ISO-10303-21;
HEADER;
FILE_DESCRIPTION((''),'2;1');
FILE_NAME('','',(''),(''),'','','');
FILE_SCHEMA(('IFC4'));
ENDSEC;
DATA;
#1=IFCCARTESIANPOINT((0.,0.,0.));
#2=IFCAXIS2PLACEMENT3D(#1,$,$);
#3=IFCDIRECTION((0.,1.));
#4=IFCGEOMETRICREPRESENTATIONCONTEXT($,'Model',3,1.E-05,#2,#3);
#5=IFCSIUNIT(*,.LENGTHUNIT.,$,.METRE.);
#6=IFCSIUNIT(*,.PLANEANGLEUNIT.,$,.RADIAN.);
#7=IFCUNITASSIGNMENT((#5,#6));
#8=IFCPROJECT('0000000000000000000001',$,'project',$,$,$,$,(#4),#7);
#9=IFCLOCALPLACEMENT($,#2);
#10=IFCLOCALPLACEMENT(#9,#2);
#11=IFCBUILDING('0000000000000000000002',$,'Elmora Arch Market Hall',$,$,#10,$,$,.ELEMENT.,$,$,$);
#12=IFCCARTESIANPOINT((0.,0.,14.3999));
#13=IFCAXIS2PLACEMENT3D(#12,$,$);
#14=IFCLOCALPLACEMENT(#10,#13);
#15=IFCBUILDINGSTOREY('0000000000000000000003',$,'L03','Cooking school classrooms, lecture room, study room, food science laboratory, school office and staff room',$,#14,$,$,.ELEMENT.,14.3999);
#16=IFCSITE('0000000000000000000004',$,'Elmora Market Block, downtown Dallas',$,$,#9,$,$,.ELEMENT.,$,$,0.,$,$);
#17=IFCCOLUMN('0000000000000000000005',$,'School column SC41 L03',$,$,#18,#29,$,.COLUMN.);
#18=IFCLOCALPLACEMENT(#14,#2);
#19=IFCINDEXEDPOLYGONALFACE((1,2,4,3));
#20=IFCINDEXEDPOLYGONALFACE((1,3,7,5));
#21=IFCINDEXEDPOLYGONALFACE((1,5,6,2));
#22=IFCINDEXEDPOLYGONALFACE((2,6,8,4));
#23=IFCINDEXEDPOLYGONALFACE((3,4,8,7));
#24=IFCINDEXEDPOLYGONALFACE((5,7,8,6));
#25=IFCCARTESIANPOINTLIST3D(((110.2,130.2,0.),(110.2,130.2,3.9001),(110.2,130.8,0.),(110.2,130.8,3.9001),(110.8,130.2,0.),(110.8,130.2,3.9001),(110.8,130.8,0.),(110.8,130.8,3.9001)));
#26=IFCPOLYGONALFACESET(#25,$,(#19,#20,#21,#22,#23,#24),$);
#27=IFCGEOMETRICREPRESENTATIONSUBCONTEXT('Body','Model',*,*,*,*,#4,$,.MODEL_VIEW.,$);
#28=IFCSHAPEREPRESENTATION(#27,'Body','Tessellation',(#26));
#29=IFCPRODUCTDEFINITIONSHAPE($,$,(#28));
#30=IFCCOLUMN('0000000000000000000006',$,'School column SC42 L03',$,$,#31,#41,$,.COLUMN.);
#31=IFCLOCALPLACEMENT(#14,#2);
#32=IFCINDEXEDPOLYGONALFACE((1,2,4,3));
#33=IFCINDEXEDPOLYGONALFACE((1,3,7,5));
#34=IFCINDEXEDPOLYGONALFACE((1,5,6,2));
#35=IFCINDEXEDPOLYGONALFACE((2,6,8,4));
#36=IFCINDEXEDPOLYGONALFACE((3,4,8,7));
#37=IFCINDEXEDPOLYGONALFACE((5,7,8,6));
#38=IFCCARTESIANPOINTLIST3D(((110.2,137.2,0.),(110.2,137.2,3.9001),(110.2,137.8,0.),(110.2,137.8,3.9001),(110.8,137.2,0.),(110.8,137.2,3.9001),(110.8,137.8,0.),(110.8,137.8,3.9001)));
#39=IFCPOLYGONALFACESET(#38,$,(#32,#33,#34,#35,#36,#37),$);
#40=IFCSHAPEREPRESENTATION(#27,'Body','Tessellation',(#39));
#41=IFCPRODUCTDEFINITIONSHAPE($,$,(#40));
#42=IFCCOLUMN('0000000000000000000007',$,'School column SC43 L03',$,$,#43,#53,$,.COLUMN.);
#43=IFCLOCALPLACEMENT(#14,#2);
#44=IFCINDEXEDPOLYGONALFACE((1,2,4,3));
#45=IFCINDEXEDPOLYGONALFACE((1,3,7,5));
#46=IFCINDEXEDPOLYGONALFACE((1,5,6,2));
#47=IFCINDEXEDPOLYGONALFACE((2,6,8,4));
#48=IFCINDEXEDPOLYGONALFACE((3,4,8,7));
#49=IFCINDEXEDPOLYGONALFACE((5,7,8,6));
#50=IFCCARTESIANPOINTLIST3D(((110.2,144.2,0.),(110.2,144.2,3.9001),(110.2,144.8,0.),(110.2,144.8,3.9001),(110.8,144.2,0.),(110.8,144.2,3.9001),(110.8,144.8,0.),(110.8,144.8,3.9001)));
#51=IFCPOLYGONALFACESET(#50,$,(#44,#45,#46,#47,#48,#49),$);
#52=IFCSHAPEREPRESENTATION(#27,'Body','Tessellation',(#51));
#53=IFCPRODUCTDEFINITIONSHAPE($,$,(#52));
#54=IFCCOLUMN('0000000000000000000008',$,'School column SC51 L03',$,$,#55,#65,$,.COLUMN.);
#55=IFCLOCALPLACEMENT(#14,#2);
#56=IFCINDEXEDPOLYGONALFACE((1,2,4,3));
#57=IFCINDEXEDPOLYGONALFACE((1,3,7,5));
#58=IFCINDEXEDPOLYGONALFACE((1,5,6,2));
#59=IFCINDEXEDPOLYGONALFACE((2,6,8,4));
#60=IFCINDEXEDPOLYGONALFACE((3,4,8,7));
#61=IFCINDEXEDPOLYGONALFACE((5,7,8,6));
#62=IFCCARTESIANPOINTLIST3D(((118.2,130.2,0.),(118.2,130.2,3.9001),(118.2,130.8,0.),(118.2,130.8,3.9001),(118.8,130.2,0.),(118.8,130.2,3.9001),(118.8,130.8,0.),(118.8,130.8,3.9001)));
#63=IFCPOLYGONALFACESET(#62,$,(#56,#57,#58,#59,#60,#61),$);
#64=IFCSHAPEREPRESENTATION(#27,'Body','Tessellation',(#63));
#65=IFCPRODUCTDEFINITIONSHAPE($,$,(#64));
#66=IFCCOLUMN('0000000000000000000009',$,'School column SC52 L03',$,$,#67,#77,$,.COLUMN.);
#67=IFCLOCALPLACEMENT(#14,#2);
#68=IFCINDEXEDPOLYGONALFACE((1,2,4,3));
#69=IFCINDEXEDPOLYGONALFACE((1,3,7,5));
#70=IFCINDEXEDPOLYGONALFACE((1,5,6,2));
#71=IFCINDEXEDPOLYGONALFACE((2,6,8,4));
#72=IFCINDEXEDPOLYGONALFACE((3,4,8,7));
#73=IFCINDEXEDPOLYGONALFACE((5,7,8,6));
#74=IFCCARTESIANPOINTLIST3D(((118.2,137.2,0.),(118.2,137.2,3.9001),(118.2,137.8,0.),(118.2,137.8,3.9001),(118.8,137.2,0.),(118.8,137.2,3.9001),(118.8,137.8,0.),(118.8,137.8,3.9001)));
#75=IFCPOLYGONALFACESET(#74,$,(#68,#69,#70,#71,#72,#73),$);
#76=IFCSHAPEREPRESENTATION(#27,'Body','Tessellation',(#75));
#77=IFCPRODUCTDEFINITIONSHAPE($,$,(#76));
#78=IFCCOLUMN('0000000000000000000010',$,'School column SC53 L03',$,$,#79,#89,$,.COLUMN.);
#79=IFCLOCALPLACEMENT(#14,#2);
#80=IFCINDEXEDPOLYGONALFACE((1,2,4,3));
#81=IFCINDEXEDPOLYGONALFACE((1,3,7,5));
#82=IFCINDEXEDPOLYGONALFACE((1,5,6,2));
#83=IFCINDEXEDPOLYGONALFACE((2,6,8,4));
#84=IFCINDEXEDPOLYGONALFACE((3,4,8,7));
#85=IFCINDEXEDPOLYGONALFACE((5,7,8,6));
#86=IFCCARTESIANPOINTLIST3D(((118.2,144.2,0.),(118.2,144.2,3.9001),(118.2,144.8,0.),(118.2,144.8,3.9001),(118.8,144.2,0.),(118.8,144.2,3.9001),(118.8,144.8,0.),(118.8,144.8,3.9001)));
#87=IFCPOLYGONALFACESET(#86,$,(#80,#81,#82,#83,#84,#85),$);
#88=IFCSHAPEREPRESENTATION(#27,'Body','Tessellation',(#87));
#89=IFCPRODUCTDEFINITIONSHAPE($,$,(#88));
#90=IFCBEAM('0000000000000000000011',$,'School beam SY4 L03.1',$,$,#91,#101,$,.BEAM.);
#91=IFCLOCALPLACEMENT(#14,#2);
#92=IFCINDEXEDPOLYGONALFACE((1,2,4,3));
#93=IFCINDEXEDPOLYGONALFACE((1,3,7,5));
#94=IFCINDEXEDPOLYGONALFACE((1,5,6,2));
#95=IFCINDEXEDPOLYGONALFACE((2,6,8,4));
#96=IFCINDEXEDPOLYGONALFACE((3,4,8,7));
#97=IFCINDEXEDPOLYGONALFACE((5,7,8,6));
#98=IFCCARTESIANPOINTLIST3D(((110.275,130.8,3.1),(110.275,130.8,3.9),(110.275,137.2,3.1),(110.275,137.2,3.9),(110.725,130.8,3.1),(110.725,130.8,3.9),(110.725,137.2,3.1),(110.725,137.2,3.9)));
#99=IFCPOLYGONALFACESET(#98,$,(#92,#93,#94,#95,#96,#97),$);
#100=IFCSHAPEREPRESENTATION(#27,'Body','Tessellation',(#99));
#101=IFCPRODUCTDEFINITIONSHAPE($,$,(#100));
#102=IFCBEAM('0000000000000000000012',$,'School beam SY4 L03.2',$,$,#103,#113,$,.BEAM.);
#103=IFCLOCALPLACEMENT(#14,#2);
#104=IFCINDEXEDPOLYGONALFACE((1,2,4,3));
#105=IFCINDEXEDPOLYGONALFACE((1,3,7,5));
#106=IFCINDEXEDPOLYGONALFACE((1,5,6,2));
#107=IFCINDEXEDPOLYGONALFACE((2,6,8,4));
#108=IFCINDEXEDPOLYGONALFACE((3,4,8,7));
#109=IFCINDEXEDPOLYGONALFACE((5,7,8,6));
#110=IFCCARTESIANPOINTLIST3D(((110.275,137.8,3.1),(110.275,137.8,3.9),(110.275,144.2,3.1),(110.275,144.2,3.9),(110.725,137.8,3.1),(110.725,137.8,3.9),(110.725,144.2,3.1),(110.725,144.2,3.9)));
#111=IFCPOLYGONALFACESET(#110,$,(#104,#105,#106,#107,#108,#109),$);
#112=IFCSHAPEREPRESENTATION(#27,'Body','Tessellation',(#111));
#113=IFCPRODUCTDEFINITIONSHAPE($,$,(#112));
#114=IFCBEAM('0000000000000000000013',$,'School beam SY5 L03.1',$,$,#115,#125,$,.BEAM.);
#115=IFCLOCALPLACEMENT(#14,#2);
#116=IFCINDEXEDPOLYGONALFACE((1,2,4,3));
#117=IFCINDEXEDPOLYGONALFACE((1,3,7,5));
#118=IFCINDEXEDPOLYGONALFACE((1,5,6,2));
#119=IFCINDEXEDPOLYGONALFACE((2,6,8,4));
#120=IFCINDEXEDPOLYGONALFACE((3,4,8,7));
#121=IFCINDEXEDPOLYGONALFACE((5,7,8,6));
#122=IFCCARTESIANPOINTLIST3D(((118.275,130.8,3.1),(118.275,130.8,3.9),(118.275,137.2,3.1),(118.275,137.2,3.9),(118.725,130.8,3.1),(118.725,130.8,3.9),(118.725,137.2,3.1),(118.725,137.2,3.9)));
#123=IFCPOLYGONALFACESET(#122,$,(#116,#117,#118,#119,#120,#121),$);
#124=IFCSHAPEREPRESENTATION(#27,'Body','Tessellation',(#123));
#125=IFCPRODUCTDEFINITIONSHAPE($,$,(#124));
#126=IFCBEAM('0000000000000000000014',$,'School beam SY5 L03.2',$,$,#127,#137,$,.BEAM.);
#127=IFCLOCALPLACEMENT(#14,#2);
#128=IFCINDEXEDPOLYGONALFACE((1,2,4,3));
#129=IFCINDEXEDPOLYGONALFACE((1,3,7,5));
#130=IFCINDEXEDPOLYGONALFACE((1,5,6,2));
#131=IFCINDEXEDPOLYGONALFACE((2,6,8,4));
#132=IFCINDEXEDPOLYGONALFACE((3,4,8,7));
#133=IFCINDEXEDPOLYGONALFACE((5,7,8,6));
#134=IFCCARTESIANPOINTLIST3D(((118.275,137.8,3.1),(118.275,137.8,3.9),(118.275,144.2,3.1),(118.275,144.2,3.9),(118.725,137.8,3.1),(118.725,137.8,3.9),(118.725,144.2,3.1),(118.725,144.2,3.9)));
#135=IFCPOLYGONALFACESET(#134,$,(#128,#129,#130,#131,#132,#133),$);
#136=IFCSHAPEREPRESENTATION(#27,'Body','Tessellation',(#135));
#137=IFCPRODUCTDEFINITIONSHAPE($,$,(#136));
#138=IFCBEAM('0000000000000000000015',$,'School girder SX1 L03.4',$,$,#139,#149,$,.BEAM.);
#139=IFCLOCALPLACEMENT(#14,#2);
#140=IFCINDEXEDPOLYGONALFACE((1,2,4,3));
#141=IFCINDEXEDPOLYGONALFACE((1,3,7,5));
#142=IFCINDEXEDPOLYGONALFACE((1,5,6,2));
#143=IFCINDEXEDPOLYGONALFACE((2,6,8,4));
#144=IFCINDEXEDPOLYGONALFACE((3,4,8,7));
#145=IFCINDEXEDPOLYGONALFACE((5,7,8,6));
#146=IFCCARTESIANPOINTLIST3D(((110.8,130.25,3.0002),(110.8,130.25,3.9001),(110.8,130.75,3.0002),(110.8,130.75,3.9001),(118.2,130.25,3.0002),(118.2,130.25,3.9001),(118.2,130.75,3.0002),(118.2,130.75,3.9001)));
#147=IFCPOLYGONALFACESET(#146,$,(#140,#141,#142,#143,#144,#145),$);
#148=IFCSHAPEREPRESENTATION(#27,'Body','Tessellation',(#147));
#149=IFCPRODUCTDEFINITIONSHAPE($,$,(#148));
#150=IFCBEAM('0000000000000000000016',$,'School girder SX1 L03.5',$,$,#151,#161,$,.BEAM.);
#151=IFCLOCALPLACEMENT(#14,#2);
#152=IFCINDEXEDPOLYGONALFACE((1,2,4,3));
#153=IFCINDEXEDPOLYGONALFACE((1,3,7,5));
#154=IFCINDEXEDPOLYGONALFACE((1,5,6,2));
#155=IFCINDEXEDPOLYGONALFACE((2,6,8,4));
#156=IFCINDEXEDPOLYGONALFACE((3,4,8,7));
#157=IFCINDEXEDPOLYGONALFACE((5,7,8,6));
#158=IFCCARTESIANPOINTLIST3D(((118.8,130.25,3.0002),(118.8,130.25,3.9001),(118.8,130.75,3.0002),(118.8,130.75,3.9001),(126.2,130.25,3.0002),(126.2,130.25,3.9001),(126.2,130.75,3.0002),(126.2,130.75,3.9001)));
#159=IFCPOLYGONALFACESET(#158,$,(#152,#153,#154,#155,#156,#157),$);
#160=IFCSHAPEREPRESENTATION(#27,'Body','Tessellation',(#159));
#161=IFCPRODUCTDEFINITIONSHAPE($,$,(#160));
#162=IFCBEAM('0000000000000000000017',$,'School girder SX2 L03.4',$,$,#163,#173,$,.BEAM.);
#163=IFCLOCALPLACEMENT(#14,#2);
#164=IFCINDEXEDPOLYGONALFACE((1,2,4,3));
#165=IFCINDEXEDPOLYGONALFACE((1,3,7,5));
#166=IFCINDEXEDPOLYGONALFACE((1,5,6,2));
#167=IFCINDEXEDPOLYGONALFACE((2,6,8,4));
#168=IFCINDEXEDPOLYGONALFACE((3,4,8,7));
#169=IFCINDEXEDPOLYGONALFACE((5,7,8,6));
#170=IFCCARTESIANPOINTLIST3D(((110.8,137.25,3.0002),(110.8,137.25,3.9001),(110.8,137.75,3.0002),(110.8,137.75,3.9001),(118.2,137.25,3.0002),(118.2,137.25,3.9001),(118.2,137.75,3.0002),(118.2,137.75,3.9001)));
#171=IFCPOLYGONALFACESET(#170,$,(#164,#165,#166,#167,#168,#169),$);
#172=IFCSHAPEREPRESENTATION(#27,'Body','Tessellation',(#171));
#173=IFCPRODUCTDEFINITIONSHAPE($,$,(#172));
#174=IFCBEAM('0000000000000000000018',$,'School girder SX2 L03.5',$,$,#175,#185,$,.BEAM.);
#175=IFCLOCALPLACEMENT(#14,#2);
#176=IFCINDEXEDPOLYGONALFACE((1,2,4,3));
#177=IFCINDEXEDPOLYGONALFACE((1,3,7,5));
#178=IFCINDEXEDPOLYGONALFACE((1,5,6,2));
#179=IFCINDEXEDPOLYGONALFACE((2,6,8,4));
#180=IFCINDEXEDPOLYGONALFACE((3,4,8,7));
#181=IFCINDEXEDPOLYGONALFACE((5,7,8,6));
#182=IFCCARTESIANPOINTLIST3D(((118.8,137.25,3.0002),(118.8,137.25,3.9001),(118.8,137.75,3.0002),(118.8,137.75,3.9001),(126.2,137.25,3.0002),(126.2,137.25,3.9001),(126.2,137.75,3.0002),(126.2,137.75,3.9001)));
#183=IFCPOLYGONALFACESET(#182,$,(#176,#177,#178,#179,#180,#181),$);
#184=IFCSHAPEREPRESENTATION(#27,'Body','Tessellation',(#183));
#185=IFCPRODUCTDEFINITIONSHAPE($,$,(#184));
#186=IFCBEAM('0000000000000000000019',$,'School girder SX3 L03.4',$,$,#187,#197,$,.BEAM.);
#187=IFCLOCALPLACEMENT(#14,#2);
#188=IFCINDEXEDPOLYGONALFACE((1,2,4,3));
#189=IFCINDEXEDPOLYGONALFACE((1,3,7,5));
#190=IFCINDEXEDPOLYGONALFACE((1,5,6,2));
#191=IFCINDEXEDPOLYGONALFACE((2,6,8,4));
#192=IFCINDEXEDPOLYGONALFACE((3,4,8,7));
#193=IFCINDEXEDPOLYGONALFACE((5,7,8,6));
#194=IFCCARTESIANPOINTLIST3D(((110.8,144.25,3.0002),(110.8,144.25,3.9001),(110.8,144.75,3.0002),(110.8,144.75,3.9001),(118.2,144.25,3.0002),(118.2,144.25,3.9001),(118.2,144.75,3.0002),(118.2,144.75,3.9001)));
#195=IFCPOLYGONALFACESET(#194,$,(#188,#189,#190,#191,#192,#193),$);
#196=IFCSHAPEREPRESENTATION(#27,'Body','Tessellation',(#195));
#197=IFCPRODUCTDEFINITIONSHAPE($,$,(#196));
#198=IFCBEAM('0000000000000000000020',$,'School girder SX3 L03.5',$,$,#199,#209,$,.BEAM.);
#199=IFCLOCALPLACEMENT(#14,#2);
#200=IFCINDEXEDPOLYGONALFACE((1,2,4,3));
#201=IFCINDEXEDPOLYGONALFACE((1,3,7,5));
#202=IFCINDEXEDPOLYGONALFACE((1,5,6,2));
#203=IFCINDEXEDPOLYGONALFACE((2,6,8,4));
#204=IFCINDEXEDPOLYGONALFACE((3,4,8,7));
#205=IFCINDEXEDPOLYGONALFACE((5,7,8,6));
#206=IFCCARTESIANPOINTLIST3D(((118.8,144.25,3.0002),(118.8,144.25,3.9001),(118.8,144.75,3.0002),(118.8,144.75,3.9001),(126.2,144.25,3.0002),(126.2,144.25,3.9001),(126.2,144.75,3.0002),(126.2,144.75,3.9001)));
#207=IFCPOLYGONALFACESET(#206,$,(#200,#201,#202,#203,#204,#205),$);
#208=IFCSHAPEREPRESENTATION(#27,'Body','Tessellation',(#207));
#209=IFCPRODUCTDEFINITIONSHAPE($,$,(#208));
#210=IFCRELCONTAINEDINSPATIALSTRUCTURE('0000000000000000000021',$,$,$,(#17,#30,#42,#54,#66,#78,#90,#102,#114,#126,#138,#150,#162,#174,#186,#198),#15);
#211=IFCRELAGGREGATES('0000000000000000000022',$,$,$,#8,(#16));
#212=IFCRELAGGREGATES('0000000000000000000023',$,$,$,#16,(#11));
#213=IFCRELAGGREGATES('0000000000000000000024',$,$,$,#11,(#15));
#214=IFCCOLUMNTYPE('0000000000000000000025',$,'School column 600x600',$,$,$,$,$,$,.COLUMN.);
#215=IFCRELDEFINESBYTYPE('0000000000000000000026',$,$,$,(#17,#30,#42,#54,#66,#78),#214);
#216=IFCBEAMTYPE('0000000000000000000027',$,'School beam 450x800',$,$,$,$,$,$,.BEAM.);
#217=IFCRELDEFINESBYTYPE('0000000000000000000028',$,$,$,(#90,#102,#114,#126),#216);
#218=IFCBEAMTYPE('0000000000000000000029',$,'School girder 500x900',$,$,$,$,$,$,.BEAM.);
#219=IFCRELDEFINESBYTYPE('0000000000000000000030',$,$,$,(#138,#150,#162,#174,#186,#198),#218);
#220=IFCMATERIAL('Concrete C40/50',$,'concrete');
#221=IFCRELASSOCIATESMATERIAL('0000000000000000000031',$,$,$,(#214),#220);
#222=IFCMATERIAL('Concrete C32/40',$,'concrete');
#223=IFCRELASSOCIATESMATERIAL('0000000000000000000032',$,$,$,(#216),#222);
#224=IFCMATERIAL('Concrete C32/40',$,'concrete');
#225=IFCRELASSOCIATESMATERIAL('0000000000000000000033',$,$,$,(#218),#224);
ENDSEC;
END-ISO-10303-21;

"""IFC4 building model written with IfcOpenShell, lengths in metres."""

from ifc_helpers import new_model, si_unit, direction, frame, origin, origin_2d, place, context, subcontext, project, spatial, rectangle, extrude, material, material_profile, profile_set, type_object, element, save


model = new_model("IFC4")

# Units and contexts
model_context = context("Model", 3, precision=1e-05, world=origin(), true_north=direction((0.0, 1.0)))
body_context = subcontext(model_context, "Body", "Model", "MODEL_VIEW")
ifc_project = project(units=[si_unit("LENGTHUNIT", "METRE"), si_unit("PLANEANGLEUNIT", "RADIAN")], contexts=[model_context])

# Site, building, storey
site_placement = place(None, origin())
site = spatial("IfcSite", under=ifc_project, at=site_placement, Name="Elmora Market Block, downtown Dallas", CompositionType="ELEMENT", RefElevation=0.0)
building_placement = place(site_placement, origin())
building = spatial("IfcBuilding", under=site, at=building_placement, Name="Elmora Arch Market Hall", CompositionType="ELEMENT")
storey_placement = place(building_placement, frame((0.0, 0.0, 14.3999)))
storey = spatial("IfcBuildingStorey", under=building, at=storey_placement, Name="L03", Description="Cooking school classrooms, lecture room, study room, food science laboratory, school office and staff room", CompositionType="ELEMENT", Elevation=14.3999)

# Columns
ifc_material_1 = material(Name="Concrete C40/50", Category="concrete")
ifc_material_profile_1 = material_profile(ifc_material_1, rectangle(XDim=0.6001, YDim=0.6001, at=origin_2d()), Name="School column 600x600")
ifc_profile_set_1 = profile_set([ifc_material_profile_1], Name="Concrete C40/50")
column_type = type_object("IfcColumnType", Name="School column 600x600", PredefinedType="COLUMN", material=ifc_profile_set_1)
for number, where, z_axis, x_axis, name in (
    (1, (110.5, 130.5, 0.0), (0.0, 0.0, 1.0), (1.0, 0.0, 0.0), "School column SC41 L03"),
    (2, (110.5, 137.5, 0.0), (0.0, 0.0, 1.0), (1.0, 0.0, 0.0), "School column SC42 L03"),
    (3, (110.5, 144.5, 0.0), (0.0, 0.0, 1.0), (1.0, 0.0, 0.0), "School column SC43 L03"),
    (4, (118.5, 130.5, 0.0), (0.0, 0.0, 1.0), (1.0, 0.0, 0.0), "School column SC51 L03"),
    (5, (118.5, 137.5, 0.0), (0.0, 0.0, 1.0), (1.0, 0.0, 0.0), "School column SC52 L03"),
    (6, (118.5, 144.5, 0.0), (0.0, 0.0, 1.0), (1.0, 0.0, 0.0), "School column SC53 L03"),
):
    element("IfcColumn", number, at=place(storey_placement, frame(where, z_axis=z_axis, x_axis=x_axis)), inside=storey, type_object=column_type, Name=name, PredefinedType="COLUMN", context=body_context, shape_type="SweptSolid", body=[
        extrude(rectangle(XDim=0.6001, YDim=0.6001, at=origin_2d()), origin(), (0.0, 0.0, 1.0), 3.9001),
    ])

# Beams
ifc_material_2 = material(Name="Concrete C32/40", Category="concrete")
ifc_material_profile_2 = material_profile(ifc_material_2, rectangle(XDim=0.45, YDim=0.8, at=origin_2d()), Name="School beam 450x800")
ifc_profile_set_2 = profile_set([ifc_material_profile_2], Name="Concrete C32/40")
beam_type_1 = type_object("IfcBeamType", Name="School beam 450x800", PredefinedType="BEAM", material=ifc_profile_set_2)
for number, where, z_axis, x_axis, name in (
    (7, (110.5, 130.8, 3.5), (0.0, 1.0, 0.0), (-1.0, 0.0, 0.0), "School beam SY4 L03.1"),
    (8, (110.5, 137.8, 3.5), (0.0, 1.0, 0.0), (-1.0, 0.0, 0.0), "School beam SY4 L03.2"),
    (9, (118.5, 130.8, 3.5), (0.0, 1.0, 0.0), (-1.0, 0.0, 0.0), "School beam SY5 L03.1"),
    (10, (118.5, 137.8, 3.5), (0.0, 1.0, 0.0), (-1.0, 0.0, 0.0), "School beam SY5 L03.2"),
):
    element("IfcBeam", number, at=place(storey_placement, frame(where, z_axis=z_axis, x_axis=x_axis)), inside=storey, type_object=beam_type_1, Name=name, PredefinedType="BEAM", context=body_context, shape_type="SweptSolid", body=[
        extrude(rectangle(XDim=0.45, YDim=0.8, at=origin_2d()), origin(), (0.0, 0.0, 1.0), 6.3999),
    ])
ifc_material_3 = material(Name="Concrete C32/40", Category="concrete")
ifc_material_profile_3 = material_profile(ifc_material_3, rectangle(XDim=0.5, YDim=0.8999, at=origin_2d()), Name="School girder 500x900")
ifc_profile_set_3 = profile_set([ifc_material_profile_3], Name="Concrete C32/40")
beam_type_2 = type_object("IfcBeamType", Name="School girder 500x900", PredefinedType="BEAM", material=ifc_profile_set_3)
for number, where, z_axis, x_axis, name in (
    (11, (110.8, 130.5, 3.4502), (1.0, 0.0, 0.0), (0.0, 1.0, 0.0), "School girder SX1 L03.4"),
    (12, (118.8, 130.5, 3.4502), (1.0, 0.0, 0.0), (0.0, 1.0, 0.0), "School girder SX1 L03.5"),
    (13, (110.8, 137.5, 3.4502), (1.0, 0.0, 0.0), (0.0, 1.0, 0.0), "School girder SX2 L03.4"),
    (14, (118.8, 137.5, 3.4502), (1.0, 0.0, 0.0), (0.0, 1.0, 0.0), "School girder SX2 L03.5"),
    (15, (110.8, 144.5, 3.4502), (1.0, 0.0, 0.0), (0.0, 1.0, 0.0), "School girder SX3 L03.4"),
    (16, (118.8, 144.5, 3.4502), (1.0, 0.0, 0.0), (0.0, 1.0, 0.0), "School girder SX3 L03.5"),
):
    element("IfcBeam", number, at=place(storey_placement, frame(where, z_axis=z_axis, x_axis=x_axis)), inside=storey, type_object=beam_type_2, Name=name, PredefinedType="BEAM", context=body_context, shape_type="SweptSolid", body=[
        extrude(rectangle(XDim=0.5, YDim=0.8999, at=origin_2d()), origin(), (0.0, 0.0, 1.0), 7.3999),
    ])

save(model, "model.ifc")
